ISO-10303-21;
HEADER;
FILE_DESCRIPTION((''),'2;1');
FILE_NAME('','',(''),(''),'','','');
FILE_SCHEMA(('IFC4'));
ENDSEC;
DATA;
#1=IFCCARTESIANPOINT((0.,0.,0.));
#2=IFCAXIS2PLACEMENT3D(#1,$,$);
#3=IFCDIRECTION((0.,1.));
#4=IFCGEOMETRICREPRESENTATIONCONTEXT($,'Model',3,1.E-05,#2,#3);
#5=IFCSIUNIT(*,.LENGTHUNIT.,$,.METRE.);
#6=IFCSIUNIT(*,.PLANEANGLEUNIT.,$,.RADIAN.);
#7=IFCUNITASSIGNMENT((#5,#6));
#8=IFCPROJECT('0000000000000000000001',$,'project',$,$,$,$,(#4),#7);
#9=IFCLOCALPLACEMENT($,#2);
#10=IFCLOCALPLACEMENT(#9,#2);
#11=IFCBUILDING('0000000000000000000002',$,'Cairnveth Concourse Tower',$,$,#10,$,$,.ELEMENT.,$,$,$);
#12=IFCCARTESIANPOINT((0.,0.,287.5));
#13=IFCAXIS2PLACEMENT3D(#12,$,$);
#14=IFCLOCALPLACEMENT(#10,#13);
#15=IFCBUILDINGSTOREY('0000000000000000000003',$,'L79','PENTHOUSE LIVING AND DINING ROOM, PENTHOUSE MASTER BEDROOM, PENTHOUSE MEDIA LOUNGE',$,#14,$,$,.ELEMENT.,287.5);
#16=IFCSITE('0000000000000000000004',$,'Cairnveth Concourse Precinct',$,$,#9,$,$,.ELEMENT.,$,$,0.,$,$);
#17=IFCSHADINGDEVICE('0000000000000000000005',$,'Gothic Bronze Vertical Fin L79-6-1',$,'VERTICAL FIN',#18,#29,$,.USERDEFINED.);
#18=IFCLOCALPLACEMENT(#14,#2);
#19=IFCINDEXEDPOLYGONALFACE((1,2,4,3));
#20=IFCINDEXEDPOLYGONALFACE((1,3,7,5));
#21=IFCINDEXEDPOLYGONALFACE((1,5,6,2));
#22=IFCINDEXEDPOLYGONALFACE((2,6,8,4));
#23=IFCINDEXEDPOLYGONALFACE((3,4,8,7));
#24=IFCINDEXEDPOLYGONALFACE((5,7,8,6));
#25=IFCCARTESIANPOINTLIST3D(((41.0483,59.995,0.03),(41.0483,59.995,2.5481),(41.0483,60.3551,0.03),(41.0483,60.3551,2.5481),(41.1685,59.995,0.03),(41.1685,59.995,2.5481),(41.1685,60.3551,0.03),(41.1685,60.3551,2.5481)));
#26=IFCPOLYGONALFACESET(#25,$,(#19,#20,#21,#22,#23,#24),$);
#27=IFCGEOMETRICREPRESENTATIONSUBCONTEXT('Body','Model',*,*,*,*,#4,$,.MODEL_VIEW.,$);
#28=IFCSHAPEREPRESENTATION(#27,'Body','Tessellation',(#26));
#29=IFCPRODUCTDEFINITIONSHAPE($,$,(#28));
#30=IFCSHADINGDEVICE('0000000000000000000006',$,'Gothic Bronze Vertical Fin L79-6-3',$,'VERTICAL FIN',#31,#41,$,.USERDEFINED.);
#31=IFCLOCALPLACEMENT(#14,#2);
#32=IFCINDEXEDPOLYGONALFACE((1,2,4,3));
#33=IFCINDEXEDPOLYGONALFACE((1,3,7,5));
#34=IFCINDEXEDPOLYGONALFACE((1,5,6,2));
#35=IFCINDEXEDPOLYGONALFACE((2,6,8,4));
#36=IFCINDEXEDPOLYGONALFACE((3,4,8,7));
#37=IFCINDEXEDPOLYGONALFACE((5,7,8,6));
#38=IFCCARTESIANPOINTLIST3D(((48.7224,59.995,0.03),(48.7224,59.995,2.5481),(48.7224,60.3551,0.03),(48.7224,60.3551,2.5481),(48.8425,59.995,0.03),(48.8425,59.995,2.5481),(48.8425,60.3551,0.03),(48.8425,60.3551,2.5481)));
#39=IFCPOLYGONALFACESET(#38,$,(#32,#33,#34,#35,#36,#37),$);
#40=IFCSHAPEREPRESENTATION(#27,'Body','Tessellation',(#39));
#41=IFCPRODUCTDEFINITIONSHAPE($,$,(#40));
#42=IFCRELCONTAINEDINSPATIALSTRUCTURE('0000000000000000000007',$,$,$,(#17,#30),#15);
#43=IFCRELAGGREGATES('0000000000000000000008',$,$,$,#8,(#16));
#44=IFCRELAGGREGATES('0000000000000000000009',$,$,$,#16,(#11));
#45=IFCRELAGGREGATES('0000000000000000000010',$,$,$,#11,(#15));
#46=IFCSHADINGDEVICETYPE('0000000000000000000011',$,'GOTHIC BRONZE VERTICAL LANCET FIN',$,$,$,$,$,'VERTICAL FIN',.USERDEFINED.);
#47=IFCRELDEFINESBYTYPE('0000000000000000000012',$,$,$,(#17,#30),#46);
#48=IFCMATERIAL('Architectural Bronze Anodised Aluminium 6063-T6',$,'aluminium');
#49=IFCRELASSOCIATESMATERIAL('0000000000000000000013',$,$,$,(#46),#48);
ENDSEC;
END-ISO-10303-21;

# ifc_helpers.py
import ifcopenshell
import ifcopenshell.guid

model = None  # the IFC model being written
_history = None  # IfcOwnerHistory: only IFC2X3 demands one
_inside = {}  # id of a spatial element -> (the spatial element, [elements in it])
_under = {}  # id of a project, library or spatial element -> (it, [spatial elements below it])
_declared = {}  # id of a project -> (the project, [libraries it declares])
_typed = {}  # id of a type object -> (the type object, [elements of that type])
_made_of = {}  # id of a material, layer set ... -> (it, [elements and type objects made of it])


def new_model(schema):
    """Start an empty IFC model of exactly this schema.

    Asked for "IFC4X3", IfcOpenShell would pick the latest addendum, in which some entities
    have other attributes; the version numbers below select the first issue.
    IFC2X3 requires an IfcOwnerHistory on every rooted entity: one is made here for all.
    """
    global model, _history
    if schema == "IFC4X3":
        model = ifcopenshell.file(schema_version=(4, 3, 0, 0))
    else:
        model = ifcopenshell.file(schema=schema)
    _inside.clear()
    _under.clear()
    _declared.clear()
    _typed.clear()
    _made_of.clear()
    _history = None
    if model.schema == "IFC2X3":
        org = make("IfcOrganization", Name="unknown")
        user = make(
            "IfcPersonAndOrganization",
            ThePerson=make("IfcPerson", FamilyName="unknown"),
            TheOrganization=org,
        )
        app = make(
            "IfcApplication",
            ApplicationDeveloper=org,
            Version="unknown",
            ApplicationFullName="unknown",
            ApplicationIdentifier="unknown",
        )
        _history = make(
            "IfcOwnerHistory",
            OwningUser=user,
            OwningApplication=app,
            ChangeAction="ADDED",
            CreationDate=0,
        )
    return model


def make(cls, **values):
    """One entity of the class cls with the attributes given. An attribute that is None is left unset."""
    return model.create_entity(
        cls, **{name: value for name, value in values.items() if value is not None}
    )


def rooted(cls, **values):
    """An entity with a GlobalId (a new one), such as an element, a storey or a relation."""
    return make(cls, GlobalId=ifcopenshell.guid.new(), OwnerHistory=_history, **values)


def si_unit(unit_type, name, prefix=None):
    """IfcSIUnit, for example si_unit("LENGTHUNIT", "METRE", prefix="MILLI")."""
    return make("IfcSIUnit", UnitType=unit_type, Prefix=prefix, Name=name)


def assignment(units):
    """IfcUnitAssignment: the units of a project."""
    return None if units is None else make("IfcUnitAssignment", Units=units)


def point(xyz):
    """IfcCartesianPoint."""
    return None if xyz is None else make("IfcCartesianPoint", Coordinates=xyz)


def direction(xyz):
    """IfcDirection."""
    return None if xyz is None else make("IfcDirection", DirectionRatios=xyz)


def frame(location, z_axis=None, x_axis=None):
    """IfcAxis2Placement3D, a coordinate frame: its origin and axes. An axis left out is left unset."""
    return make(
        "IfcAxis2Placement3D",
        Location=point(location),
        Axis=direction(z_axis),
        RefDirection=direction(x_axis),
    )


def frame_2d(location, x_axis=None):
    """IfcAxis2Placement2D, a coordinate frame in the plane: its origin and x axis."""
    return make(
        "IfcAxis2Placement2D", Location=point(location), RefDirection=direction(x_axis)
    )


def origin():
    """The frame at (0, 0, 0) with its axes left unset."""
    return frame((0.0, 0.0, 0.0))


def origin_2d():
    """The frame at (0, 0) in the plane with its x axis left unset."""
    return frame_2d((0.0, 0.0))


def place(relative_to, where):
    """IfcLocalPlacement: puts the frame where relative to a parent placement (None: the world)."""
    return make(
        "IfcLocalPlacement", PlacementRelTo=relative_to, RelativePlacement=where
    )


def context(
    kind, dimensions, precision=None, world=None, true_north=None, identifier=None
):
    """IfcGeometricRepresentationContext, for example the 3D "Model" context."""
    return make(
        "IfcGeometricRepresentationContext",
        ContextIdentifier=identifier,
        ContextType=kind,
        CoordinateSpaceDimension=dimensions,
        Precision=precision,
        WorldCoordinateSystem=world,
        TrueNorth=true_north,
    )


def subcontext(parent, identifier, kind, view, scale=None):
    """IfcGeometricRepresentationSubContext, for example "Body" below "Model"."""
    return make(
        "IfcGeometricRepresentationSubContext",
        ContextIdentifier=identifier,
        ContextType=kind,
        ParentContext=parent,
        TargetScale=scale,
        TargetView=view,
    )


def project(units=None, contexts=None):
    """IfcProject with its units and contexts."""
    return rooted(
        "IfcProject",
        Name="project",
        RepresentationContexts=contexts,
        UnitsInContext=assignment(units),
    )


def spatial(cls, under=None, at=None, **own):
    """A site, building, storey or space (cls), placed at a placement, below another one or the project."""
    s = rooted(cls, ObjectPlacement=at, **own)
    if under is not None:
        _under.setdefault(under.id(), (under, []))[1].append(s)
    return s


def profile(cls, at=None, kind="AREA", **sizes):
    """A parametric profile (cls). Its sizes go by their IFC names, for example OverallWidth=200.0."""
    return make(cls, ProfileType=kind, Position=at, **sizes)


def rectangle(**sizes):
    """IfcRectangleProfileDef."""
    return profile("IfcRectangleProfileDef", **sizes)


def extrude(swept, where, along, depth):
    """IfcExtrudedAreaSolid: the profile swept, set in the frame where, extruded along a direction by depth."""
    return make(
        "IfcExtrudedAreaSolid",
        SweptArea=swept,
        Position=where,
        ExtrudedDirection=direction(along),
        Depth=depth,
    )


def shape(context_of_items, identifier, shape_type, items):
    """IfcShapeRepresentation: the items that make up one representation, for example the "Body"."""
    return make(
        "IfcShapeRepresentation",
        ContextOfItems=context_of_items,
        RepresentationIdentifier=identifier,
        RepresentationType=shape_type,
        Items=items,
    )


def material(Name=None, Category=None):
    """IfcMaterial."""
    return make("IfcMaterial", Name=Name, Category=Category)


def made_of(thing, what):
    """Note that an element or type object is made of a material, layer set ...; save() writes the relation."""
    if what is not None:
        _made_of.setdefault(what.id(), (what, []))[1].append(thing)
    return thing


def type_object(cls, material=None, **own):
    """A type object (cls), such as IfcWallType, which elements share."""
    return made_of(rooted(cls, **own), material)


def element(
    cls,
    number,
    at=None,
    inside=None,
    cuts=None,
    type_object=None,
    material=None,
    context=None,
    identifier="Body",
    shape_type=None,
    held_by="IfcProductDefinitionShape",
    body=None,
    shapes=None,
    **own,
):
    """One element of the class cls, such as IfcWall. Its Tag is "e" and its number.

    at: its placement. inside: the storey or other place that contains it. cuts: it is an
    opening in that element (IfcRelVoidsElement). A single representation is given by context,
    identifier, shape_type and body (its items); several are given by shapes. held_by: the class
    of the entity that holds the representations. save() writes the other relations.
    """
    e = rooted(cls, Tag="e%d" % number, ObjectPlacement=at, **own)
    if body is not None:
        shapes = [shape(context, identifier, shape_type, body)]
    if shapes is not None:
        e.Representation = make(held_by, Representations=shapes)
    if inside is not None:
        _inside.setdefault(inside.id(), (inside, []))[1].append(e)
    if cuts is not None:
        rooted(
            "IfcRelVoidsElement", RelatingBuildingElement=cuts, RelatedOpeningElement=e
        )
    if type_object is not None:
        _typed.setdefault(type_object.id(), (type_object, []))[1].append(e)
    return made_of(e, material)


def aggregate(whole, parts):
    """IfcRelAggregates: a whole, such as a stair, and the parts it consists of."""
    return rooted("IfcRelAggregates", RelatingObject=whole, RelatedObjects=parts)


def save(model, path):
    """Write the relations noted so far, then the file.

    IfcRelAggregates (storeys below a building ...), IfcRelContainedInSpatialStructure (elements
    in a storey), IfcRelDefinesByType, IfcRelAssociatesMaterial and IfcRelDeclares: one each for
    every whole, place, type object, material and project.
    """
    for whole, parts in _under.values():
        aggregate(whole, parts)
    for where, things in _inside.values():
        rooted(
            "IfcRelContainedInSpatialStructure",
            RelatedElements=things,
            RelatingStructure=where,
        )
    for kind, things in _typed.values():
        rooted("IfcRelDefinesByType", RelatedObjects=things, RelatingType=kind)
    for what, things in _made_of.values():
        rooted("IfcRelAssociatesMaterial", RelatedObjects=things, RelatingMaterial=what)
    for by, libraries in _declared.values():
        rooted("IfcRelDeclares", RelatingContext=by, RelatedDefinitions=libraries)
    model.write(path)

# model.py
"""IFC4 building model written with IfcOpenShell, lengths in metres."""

from ifc_helpers import new_model, si_unit, direction, frame, origin, origin_2d, place, context, subcontext, project, spatial, rectangle, extrude, material, type_object, element, save


model = new_model("IFC4")

# Units and contexts
model_context = context("Model", 3, precision=1e-05, world=origin(), true_north=direction((0.0, 1.0)))
body_context = subcontext(model_context, "Body", "Model", "MODEL_VIEW")
ifc_project = project(units=[si_unit("LENGTHUNIT", "METRE"), si_unit("PLANEANGLEUNIT", "RADIAN")], contexts=[model_context])

# Site, building, storey
site_placement = place(None, origin())
site = spatial("IfcSite", under=ifc_project, at=site_placement, Name="Cairnveth Concourse Precinct", CompositionType="ELEMENT", RefElevation=0.0)
building_placement = place(site_placement, origin())
building = spatial("IfcBuilding", under=site, at=building_placement, Name="Cairnveth Concourse Tower", CompositionType="ELEMENT")
storey_placement = place(building_placement, frame((0.0, 0.0, 287.5)))
storey = spatial("IfcBuildingStorey", under=building, at=storey_placement, Name="L79", Description="PENTHOUSE LIVING AND DINING ROOM, PENTHOUSE MASTER BEDROOM, PENTHOUSE MEDIA LOUNGE", CompositionType="ELEMENT", Elevation=287.5)

# Shading devices
ifc_material_1 = material(Name="Architectural Bronze Anodised Aluminium 6063-T6", Category="aluminium")
shading_device_type = type_object("IfcShadingDeviceType", Name="GOTHIC BRONZE VERTICAL LANCET FIN", ElementType="VERTICAL FIN", PredefinedType="USERDEFINED", material=ifc_material_1)
for number, where, z_axis, x_axis, name in (
    (1, (41.1084, 60.175, 0.03), (0.0, 0.0, 1.0), (1.0, 0.0, 0.0), "Gothic Bronze Vertical Fin L79-6-1"),
    (2, (48.7825, 60.175, 0.03), (0.0, 0.0, 1.0), (1.0, 0.0, 0.0), "Gothic Bronze Vertical Fin L79-6-3"),
):
    element("IfcShadingDevice", number, at=place(storey_placement, frame(where, z_axis=z_axis, x_axis=x_axis)), inside=storey, type_object=shading_device_type, Name=name, ObjectType="VERTICAL FIN", PredefinedType="USERDEFINED", context=body_context, shape_type="SweptSolid", body=[
        extrude(rectangle(XDim=0.1201, YDim=0.3601, at=origin_2d()), origin(), (0.0, 0.0, 1.0), 2.5181),
    ])

save(model, "model.ifc")
